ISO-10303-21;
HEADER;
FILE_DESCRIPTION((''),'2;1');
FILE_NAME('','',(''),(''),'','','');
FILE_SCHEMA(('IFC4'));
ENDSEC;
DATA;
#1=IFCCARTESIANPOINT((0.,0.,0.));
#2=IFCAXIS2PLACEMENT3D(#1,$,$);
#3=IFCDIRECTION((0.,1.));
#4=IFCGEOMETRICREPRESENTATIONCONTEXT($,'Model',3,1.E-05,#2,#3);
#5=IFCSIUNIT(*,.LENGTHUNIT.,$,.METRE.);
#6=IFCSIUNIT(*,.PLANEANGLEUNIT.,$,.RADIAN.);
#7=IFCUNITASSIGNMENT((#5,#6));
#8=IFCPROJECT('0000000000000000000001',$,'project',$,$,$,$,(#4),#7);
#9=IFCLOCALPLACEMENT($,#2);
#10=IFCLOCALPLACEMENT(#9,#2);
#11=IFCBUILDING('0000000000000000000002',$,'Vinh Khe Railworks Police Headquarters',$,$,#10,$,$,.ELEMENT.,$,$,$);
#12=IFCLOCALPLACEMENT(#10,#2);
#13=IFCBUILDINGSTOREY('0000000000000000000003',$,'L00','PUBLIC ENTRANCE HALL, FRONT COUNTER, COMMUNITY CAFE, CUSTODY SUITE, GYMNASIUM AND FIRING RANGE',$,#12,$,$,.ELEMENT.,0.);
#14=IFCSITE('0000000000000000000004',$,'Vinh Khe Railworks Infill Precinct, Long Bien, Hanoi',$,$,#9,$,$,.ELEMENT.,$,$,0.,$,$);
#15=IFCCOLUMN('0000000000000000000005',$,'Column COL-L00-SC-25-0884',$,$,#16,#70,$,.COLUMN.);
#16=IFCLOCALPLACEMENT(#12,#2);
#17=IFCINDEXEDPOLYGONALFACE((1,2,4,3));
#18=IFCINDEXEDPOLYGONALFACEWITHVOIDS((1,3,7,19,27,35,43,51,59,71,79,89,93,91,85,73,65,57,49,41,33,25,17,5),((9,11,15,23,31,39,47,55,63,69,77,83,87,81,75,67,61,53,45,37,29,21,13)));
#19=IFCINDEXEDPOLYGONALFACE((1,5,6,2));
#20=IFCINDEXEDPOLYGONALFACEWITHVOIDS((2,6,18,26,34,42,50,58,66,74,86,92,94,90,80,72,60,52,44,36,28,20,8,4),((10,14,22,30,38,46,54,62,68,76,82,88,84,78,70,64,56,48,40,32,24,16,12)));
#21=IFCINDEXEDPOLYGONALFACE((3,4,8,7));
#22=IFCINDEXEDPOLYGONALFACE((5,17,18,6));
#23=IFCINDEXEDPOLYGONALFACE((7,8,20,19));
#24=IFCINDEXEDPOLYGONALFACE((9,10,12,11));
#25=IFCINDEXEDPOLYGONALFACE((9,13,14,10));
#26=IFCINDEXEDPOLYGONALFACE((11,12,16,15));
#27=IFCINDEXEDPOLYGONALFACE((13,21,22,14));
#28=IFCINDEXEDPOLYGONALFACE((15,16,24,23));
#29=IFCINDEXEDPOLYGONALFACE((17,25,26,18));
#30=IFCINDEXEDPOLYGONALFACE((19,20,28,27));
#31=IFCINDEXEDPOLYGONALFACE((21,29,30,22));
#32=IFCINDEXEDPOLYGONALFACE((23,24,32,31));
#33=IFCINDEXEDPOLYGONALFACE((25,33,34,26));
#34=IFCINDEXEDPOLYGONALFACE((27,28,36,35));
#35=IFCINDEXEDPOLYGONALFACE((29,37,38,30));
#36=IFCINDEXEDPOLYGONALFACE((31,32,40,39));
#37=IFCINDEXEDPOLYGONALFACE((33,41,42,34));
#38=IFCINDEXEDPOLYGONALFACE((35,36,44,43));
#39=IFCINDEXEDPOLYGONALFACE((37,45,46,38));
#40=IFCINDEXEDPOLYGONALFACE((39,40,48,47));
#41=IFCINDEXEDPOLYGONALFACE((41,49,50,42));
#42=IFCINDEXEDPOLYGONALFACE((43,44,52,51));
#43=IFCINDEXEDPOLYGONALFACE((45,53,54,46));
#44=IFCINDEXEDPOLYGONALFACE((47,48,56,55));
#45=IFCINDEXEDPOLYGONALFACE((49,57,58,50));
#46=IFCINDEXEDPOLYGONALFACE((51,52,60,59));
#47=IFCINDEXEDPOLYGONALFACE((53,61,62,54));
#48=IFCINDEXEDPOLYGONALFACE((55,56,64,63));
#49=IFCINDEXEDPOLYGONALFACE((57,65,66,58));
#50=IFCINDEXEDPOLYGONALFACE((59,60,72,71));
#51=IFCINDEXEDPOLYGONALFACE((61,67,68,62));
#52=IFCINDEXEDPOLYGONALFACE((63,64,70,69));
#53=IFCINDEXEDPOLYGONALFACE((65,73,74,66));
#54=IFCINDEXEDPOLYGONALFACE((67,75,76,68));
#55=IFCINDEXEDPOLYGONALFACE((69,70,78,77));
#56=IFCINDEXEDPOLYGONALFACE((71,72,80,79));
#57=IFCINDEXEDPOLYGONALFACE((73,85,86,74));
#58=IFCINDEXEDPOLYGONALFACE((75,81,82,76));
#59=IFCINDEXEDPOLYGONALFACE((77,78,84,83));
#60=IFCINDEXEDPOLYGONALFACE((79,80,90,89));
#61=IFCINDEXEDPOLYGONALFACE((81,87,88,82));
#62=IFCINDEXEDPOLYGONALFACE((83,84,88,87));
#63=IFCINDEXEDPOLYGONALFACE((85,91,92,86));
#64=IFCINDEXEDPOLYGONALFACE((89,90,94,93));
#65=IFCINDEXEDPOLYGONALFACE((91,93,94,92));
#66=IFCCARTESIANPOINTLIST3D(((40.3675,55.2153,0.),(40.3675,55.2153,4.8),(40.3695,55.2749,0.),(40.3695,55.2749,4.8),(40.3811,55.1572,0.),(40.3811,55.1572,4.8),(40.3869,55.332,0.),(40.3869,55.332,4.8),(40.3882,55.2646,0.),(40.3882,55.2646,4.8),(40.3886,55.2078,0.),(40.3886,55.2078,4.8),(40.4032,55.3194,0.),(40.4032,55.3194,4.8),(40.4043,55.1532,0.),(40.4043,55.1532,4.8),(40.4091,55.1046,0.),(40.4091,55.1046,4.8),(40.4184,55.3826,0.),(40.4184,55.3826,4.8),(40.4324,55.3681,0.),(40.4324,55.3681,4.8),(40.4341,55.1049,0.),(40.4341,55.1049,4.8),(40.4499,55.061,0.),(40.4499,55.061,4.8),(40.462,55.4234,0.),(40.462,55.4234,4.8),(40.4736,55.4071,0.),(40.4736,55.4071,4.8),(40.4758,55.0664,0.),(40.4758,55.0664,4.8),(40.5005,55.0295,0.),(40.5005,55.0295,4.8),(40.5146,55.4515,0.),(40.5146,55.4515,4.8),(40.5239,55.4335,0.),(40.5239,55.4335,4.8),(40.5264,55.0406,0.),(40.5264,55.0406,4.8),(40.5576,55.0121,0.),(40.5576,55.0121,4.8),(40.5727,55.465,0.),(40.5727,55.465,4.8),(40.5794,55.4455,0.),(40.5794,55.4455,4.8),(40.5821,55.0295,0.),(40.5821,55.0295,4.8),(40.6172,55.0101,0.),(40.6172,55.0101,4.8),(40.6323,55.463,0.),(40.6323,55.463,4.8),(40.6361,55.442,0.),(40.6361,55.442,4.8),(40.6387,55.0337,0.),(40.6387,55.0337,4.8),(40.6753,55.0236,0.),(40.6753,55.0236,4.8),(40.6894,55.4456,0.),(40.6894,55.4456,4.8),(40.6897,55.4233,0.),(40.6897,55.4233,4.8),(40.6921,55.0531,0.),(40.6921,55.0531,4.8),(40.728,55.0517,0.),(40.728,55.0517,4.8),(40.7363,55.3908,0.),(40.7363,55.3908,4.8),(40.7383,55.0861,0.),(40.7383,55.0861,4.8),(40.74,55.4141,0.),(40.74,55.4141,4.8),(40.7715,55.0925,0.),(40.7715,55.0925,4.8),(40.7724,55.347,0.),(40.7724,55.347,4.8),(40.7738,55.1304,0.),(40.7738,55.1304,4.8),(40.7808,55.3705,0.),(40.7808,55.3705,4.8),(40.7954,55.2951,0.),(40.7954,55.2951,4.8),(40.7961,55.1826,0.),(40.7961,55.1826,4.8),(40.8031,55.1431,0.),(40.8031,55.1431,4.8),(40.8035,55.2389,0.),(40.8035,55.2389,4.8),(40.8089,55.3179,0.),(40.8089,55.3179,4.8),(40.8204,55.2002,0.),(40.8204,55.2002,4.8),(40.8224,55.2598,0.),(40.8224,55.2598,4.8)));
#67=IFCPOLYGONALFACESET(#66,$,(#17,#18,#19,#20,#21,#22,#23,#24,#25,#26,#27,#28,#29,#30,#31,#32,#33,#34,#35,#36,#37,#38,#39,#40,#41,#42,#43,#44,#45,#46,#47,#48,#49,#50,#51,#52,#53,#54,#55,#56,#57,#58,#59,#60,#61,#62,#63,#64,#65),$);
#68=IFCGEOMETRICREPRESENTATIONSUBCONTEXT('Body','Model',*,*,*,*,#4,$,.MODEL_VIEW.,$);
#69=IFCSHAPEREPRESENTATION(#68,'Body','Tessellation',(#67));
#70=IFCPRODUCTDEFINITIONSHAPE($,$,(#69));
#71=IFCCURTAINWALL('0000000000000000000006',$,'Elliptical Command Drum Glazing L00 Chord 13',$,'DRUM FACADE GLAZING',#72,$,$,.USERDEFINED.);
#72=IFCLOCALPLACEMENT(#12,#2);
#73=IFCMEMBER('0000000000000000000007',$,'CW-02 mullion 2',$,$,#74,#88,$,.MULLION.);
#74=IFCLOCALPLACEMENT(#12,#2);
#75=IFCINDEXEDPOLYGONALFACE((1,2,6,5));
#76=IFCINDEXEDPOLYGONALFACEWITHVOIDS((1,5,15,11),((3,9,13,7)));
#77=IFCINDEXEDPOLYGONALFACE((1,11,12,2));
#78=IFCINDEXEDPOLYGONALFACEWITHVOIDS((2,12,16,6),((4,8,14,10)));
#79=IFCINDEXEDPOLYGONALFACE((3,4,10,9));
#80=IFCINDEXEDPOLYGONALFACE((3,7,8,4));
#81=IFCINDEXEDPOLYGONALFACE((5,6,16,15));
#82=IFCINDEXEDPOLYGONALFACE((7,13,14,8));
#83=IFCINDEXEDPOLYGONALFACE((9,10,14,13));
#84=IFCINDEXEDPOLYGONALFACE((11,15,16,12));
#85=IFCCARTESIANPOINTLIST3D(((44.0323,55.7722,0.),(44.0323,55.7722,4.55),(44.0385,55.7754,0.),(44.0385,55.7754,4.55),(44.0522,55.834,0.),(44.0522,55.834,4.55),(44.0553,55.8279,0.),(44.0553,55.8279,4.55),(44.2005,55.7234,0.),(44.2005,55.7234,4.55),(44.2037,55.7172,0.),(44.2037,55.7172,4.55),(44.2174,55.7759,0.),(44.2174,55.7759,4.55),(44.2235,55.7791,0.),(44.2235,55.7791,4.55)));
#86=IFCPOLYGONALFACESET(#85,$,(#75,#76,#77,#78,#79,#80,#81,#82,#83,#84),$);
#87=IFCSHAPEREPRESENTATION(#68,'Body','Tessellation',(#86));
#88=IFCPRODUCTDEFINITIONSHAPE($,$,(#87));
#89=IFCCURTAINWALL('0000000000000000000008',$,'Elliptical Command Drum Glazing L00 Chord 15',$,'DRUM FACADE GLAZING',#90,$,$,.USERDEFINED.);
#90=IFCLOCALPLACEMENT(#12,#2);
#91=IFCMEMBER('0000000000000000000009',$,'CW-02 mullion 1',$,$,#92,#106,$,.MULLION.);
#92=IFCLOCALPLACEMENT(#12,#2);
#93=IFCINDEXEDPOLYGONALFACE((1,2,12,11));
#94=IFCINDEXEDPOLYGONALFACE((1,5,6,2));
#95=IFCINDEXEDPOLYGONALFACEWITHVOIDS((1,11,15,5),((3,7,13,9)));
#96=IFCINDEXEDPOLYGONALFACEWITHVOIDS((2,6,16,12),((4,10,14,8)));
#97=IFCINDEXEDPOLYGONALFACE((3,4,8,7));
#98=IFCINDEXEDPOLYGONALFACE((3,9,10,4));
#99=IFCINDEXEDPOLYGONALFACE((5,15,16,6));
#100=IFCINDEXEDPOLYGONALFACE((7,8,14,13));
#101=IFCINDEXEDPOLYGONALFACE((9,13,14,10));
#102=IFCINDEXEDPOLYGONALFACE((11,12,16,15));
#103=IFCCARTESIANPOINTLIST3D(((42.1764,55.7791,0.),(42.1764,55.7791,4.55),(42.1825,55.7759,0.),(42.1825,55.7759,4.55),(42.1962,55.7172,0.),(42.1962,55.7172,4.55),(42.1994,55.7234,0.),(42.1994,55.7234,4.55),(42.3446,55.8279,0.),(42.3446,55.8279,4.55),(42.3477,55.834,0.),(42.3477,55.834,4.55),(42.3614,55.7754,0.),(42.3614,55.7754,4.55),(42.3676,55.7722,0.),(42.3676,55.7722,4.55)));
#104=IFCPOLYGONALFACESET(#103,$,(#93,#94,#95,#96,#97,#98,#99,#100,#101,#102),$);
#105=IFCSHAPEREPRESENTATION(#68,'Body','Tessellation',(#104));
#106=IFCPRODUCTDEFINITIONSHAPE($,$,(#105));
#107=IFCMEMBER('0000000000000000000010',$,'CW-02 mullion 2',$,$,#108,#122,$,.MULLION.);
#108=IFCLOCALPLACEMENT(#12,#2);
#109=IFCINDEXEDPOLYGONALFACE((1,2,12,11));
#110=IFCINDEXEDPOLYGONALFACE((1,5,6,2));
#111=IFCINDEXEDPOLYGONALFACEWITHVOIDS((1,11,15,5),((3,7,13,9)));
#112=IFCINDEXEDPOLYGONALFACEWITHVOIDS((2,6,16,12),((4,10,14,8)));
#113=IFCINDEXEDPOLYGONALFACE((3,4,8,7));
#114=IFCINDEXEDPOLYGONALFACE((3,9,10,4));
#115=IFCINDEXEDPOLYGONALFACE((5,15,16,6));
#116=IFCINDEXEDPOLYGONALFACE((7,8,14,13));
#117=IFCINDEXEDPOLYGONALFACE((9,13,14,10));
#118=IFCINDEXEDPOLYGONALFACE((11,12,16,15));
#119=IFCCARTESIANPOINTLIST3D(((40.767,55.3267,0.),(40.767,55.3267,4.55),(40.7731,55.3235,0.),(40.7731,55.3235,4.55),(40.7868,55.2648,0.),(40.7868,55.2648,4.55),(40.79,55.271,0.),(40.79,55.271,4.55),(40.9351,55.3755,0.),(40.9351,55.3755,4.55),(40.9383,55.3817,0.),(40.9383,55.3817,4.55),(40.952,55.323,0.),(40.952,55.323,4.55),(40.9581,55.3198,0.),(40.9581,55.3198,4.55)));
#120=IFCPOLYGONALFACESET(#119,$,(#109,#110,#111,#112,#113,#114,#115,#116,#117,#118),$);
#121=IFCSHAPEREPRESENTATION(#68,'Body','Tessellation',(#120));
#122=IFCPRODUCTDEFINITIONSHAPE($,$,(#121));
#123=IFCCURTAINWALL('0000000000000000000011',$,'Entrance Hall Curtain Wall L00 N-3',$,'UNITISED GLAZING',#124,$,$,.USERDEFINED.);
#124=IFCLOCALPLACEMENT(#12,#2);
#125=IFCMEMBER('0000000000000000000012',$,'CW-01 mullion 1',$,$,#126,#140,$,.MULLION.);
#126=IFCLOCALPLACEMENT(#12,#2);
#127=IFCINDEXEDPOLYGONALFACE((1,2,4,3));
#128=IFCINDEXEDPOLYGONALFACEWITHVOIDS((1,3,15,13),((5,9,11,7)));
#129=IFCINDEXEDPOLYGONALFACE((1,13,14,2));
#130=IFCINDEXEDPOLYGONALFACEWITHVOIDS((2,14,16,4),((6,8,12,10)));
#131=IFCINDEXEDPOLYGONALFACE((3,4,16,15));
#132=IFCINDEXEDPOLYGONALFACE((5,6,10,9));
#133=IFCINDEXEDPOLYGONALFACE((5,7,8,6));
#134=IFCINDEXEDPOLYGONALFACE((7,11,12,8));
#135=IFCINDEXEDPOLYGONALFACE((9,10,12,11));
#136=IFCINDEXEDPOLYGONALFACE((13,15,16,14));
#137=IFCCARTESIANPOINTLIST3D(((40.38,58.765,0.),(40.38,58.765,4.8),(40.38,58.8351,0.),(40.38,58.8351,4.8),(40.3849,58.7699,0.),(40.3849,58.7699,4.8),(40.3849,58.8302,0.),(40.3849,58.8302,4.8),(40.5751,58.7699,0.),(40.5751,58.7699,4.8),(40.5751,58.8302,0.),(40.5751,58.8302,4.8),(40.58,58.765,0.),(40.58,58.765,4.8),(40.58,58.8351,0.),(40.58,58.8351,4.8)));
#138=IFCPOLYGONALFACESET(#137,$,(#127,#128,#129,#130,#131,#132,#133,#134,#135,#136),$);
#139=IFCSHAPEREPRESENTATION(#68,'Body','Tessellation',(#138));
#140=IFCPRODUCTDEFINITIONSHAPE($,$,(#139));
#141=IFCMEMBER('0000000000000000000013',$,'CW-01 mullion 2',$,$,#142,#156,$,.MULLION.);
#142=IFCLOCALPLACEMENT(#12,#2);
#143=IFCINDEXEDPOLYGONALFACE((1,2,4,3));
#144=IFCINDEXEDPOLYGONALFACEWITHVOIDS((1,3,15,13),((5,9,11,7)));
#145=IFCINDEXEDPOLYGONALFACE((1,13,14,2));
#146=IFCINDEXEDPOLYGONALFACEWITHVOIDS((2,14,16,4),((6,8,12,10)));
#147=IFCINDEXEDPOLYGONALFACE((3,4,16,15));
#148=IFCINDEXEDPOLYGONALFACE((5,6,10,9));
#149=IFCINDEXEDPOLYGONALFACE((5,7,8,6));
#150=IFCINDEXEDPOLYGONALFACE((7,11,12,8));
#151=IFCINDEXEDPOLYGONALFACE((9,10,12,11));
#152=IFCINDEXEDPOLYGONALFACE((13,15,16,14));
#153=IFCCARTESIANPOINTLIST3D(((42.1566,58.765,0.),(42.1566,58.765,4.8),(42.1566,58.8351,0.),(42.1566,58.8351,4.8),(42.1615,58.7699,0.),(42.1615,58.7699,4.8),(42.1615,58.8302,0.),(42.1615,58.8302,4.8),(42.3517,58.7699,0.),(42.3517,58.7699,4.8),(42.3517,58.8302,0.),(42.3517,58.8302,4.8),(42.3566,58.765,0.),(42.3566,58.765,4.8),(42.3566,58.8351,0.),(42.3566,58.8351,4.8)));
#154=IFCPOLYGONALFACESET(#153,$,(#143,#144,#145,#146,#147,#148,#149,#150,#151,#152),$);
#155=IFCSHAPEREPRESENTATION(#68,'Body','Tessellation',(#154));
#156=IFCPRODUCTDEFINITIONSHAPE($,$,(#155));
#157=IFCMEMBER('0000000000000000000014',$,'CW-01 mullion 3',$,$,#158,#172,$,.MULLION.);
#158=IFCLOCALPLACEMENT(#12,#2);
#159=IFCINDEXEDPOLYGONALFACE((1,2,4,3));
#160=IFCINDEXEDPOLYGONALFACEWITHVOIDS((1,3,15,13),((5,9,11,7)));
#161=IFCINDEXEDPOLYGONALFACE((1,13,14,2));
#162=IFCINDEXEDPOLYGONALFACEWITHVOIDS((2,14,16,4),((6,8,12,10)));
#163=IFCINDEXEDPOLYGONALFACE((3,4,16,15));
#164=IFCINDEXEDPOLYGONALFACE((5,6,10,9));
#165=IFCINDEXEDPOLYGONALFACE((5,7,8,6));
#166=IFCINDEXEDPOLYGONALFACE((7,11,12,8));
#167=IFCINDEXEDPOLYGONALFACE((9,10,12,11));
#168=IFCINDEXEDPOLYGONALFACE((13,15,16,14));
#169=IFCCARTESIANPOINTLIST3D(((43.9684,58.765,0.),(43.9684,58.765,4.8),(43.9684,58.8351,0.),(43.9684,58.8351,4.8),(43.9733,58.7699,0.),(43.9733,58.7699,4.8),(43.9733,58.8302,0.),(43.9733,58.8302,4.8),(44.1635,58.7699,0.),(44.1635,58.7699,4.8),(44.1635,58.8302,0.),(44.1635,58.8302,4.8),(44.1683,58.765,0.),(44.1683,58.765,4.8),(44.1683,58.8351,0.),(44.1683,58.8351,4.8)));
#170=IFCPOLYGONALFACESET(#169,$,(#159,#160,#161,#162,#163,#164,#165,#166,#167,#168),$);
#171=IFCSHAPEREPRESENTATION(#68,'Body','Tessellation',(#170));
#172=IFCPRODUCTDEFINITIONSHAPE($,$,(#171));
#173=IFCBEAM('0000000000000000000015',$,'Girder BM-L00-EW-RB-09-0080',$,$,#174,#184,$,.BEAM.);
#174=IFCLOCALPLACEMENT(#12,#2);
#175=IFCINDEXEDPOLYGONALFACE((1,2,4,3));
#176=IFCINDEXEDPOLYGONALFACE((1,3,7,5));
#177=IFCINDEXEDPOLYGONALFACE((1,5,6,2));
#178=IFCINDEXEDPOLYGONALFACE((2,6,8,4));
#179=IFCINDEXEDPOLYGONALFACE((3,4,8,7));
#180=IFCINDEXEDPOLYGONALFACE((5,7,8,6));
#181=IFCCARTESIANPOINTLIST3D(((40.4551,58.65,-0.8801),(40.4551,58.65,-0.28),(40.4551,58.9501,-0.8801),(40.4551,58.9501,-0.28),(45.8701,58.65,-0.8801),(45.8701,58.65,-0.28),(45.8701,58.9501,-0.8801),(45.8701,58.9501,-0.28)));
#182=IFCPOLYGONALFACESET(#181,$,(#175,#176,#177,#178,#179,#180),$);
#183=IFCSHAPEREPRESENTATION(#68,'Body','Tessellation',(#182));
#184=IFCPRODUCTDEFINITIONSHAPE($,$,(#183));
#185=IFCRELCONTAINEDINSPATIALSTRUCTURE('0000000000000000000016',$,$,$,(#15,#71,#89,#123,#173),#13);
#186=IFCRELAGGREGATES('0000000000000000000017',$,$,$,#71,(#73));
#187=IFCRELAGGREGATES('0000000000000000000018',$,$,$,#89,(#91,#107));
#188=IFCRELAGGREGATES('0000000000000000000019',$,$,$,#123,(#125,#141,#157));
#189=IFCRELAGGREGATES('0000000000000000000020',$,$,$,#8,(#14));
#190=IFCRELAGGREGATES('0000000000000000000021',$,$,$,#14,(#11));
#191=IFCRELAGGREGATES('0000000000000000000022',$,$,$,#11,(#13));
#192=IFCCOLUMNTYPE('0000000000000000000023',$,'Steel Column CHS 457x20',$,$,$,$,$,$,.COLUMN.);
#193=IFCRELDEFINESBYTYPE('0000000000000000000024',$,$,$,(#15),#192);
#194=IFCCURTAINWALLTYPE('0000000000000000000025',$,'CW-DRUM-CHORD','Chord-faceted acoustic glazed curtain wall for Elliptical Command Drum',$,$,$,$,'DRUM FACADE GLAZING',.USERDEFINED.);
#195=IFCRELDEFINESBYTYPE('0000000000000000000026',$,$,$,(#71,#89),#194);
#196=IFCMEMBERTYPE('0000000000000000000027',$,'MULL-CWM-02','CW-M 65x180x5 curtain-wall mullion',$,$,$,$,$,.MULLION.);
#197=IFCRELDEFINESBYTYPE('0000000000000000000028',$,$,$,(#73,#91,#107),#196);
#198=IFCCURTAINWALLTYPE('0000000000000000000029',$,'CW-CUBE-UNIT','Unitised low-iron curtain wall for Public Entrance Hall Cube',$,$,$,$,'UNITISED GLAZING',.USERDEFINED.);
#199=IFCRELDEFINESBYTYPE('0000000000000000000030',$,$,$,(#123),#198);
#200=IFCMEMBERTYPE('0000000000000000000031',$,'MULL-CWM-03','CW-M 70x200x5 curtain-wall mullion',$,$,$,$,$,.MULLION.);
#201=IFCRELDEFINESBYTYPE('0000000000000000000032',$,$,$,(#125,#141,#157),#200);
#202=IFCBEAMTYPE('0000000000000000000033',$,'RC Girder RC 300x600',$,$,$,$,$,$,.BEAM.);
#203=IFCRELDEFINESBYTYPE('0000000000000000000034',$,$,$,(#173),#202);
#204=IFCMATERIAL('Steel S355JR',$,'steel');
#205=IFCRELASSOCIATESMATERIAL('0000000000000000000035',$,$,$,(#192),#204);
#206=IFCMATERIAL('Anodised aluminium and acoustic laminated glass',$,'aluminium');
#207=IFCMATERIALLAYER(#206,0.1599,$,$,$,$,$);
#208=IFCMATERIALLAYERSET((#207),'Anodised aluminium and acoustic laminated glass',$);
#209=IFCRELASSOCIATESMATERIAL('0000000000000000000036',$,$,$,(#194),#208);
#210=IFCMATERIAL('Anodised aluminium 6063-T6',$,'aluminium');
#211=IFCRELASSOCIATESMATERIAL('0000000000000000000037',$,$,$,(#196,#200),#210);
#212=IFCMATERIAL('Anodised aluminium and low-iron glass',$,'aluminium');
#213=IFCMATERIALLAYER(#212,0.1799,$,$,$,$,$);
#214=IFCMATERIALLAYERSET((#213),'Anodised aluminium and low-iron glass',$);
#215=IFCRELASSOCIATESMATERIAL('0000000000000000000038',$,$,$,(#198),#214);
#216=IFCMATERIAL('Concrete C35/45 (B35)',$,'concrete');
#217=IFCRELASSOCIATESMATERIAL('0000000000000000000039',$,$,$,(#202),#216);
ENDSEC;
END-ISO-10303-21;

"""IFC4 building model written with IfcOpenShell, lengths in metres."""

from ifc_helpers import new_model, si_unit, direction, frame, origin, origin_2d, place, context, subcontext, project, spatial, rectangle, hollow_rectangle, hollow_circle, extrude, material, layer, layer_set, material_profile, profile_set, type_object, element, aggregate, save


model = new_model("IFC4")

# Units and contexts
model_context = context("Model", 3, precision=1e-05, world=origin(), true_north=direction((0.0, 1.0)))
body_context = subcontext(model_context, "Body", "Model", "MODEL_VIEW")
ifc_project = project(units=[si_unit("LENGTHUNIT", "METRE"), si_unit("PLANEANGLEUNIT", "RADIAN")], contexts=[model_context])

# Site, building, storey
site_placement = place(None, origin())
site = spatial("IfcSite", under=ifc_project, at=site_placement, Name="Vinh Khe Railworks Infill Precinct, Long Bien, Hanoi", CompositionType="ELEMENT", RefElevation=0.0)
building_placement = place(site_placement, origin())
building = spatial("IfcBuilding", under=site, at=building_placement, Name="Vinh Khe Railworks Police Headquarters", CompositionType="ELEMENT")
storey_placement = place(building_placement, origin())
storey = spatial("IfcBuildingStorey", under=building, at=storey_placement, Name="L00", Description="PUBLIC ENTRANCE HALL, FRONT COUNTER, COMMUNITY CAFE, CUSTODY SUITE, GYMNASIUM AND FIRING RANGE", CompositionType="ELEMENT", Elevation=0.0)

# Column
ifc_material_1 = material(Name="Steel S355JR", Category="steel")
ifc_material_profile_1 = material_profile(ifc_material_1, hollow_circle(Radius=0.2285, WallThickness=0.02, at=origin_2d()), Name="CHS 457x20")
ifc_profile_set_1 = profile_set([ifc_material_profile_1], Name="Steel S355JR")
column_type = type_object("IfcColumnType", Name="Steel Column CHS 457x20", PredefinedType="COLUMN", material=ifc_profile_set_1)
column_placement = place(storey_placement, frame((40.595, 55.2375, 0.0), z_axis=(0.0, 0.0, 1.0), x_axis=(-0.581981, 0.813202, 0.0)))
element("IfcColumn", 1, at=column_placement, inside=storey, type_object=column_type, Name="Column COL-L00-SC-25-0884", PredefinedType="COLUMN", context=body_context, shape_type="SweptSolid", body=[
    extrude(hollow_circle(Radius=0.2285, WallThickness=0.02, at=origin_2d()), origin(), (0.0, 0.0, 1.0), 4.8),
])

# Curtain wall, member
ifc_material_2 = material(Name="Anodised aluminium and acoustic laminated glass", Category="aluminium")
ifc_layer_1 = layer(ifc_material_2, 0.1599)
ifc_layer_set_1 = layer_set([ifc_layer_1], Name="Anodised aluminium and acoustic laminated glass")
curtain_wall_type_1 = type_object("IfcCurtainWallType", Name="CW-DRUM-CHORD", Description="Chord-faceted acoustic glazed curtain wall for Elliptical Command Drum", ElementType="DRUM FACADE GLAZING", PredefinedType="USERDEFINED", material=ifc_layer_set_1)
curtain_wall_1_placement = place(storey_placement, origin())
curtain_wall_1 = element("IfcCurtainWall", 2, at=curtain_wall_1_placement, inside=storey, type_object=curtain_wall_type_1, Name="Elliptical Command Drum Glazing L00 Chord 13", ObjectType="DRUM FACADE GLAZING", PredefinedType="USERDEFINED")
ifc_material_3 = material(Name="Anodised aluminium 6063-T6", Category="aluminium")
ifc_material_profile_2 = material_profile(ifc_material_3, hollow_rectangle(XDim=0.0649, YDim=0.1799, WallThickness=0.0049, at=origin_2d()), Name="CW-M 65x180x5")
ifc_profile_set_2 = profile_set([ifc_material_profile_2], Name="Anodised aluminium 6063-T6")
member_type_1 = type_object("IfcMemberType", Name="MULL-CWM-02", Description="CW-M 65x180x5 curtain-wall mullion", PredefinedType="MULLION", material=ifc_profile_set_2)
member_1_placement = place(storey_placement, frame((44.1279, 55.7756, 0.0), z_axis=(0.0, 0.0, 1.0), x_axis=(-0.305576, -0.952168, 0.0)))
member_1 = element("IfcMember", 3, at=member_1_placement, type_object=member_type_1, Name="CW-02 mullion 2", PredefinedType="MULLION", context=body_context, shape_type="SweptSolid", body=[
    extrude(hollow_rectangle(XDim=0.0649, YDim=0.1799, WallThickness=0.0049, at=origin_2d()), origin(), (0.0, 0.0, 1.0), 4.55),
])

# Curtain walls, members
curtain_wall_2_placement = place(storey_placement, origin())
curtain_wall_2 = element("IfcCurtainWall", 4, at=curtain_wall_2_placement, inside=storey, type_object=curtain_wall_type_1, Name="Elliptical Command Drum Glazing L00 Chord 15", ObjectType="DRUM FACADE GLAZING", PredefinedType="USERDEFINED")
member_2_placement = place(storey_placement, frame((42.272, 55.7756, 0.0), z_axis=(0.0, 0.0, 1.0), x_axis=(0.305576, -0.952168, 0.0)))
member_2 = element("IfcMember", 5, at=member_2_placement, type_object=member_type_1, Name="CW-02 mullion 1", PredefinedType="MULLION", context=body_context, shape_type="SweptSolid", body=[
    extrude(hollow_rectangle(XDim=0.0649, YDim=0.1799, WallThickness=0.0049, at=origin_2d()), origin(), (0.0, 0.0, 1.0), 4.55),
])
member_3_placement = place(storey_placement, frame((40.8625, 55.3232, 0.0), z_axis=(0.0, 0.0, 1.0), x_axis=(0.305576, -0.952168, 0.0)))
member_3 = element("IfcMember", 6, at=member_3_placement, type_object=member_type_1, Name="CW-02 mullion 2", PredefinedType="MULLION", context=body_context, shape_type="SweptSolid", body=[
    extrude(hollow_rectangle(XDim=0.0649, YDim=0.1799, WallThickness=0.0049, at=origin_2d()), origin(), (0.0, 0.0, 1.0), 4.55),
])
ifc_material_4 = material(Name="Anodised aluminium and low-iron glass", Category="aluminium")
ifc_layer_2 = layer(ifc_material_4, 0.1799)
ifc_layer_set_2 = layer_set([ifc_layer_2], Name="Anodised aluminium and low-iron glass")
curtain_wall_type_2 = type_object("IfcCurtainWallType", Name="CW-CUBE-UNIT", Description="Unitised low-iron curtain wall for Public Entrance Hall Cube", ElementType="UNITISED GLAZING", PredefinedType="USERDEFINED", material=ifc_layer_set_2)
curtain_wall_3_placement = place(storey_placement, origin())
curtain_wall_3 = element("IfcCurtainWall", 7, at=curtain_wall_3_placement, inside=storey, type_object=curtain_wall_type_2, Name="Entrance Hall Curtain Wall L00 N-3", ObjectType="UNITISED GLAZING", PredefinedType="USERDEFINED")
ifc_material_profile_3 = material_profile(ifc_material_3, hollow_rectangle(XDim=0.0701, YDim=0.2, WallThickness=0.0049, at=origin_2d()), Name="CW-M 70x200x5")
ifc_profile_set_3 = profile_set([ifc_material_profile_3], Name="Anodised aluminium 6063-T6")
member_type_2 = type_object("IfcMemberType", Name="MULL-CWM-03", Description="CW-M 70x200x5 curtain-wall mullion", PredefinedType="MULLION", material=ifc_profile_set_3)
member_4_placement = place(storey_placement, frame((40.48, 58.8, 0.0), z_axis=(0.0, 0.0, 1.0), x_axis=(0.0, 1.0, 0.0)))
member_4 = element("IfcMember", 8, at=member_4_placement, type_object=member_type_2, Name="CW-01 mullion 1", PredefinedType="MULLION", context=body_context, shape_type="SweptSolid", body=[
    extrude(hollow_rectangle(XDim=0.0701, YDim=0.2, WallThickness=0.0049, at=origin_2d()), origin(), (0.0, 0.0, 1.0), 4.8),
])
member_5_placement = place(storey_placement, frame((42.2566, 58.8, 0.0), z_axis=(0.0, 0.0, 1.0), x_axis=(0.0, 1.0, 0.0)))
member_5 = element("IfcMember", 9, at=member_5_placement, type_object=member_type_2, Name="CW-01 mullion 2", PredefinedType="MULLION", context=body_context, shape_type="SweptSolid", body=[
    extrude(hollow_rectangle(XDim=0.0701, YDim=0.2, WallThickness=0.0049, at=origin_2d()), origin(), (0.0, 0.0, 1.0), 4.8),
])
member_6_placement = place(storey_placement, frame((44.0684, 58.8, 0.0), z_axis=(0.0, 0.0, 1.0), x_axis=(0.0, 1.0, 0.0)))
member_6 = element("IfcMember", 10, at=member_6_placement, type_object=member_type_2, Name="CW-01 mullion 3", PredefinedType="MULLION", context=body_context, shape_type="SweptSolid", body=[
    extrude(hollow_rectangle(XDim=0.0701, YDim=0.2, WallThickness=0.0049, at=origin_2d()), origin(), (0.0, 0.0, 1.0), 4.8),
])

# Beam
ifc_material_5 = material(Name="Concrete C35/45 (B35)", Category="concrete")
ifc_material_profile_4 = material_profile(ifc_material_5, rectangle(XDim=0.3, YDim=0.6001, at=origin_2d()), Name="RC 300x600")
ifc_profile_set_4 = profile_set([ifc_material_profile_4], Name="Concrete C35/45 (B35)")
beam_type_1 = type_object("IfcBeamType", Name="RC Girder RC 300x600", PredefinedType="BEAM", material=ifc_profile_set_4)
beam_1_placement = place(storey_placement, frame((40.4551, 58.8, -0.5801), z_axis=(1.0, 0.0, 0.0), x_axis=(0.0, 1.0, 0.0)))
element("IfcBeam", 11, at=beam_1_placement, inside=storey, type_object=beam_type_1, Name="Girder BM-L00-EW-RB-09-0080", PredefinedType="BEAM", context=body_context, shape_type="SweptSolid", body=[
    extrude(rectangle(XDim=0.3, YDim=0.6001, at=origin_2d()), origin(), (0.0, 0.0, 1.0), 5.415),
])

aggregate(curtain_wall_1, [member_1])
aggregate(curtain_wall_2, [member_2, member_3])
aggregate(curtain_wall_3, [member_4, member_5, member_6])

save(model, "model.ifc")
